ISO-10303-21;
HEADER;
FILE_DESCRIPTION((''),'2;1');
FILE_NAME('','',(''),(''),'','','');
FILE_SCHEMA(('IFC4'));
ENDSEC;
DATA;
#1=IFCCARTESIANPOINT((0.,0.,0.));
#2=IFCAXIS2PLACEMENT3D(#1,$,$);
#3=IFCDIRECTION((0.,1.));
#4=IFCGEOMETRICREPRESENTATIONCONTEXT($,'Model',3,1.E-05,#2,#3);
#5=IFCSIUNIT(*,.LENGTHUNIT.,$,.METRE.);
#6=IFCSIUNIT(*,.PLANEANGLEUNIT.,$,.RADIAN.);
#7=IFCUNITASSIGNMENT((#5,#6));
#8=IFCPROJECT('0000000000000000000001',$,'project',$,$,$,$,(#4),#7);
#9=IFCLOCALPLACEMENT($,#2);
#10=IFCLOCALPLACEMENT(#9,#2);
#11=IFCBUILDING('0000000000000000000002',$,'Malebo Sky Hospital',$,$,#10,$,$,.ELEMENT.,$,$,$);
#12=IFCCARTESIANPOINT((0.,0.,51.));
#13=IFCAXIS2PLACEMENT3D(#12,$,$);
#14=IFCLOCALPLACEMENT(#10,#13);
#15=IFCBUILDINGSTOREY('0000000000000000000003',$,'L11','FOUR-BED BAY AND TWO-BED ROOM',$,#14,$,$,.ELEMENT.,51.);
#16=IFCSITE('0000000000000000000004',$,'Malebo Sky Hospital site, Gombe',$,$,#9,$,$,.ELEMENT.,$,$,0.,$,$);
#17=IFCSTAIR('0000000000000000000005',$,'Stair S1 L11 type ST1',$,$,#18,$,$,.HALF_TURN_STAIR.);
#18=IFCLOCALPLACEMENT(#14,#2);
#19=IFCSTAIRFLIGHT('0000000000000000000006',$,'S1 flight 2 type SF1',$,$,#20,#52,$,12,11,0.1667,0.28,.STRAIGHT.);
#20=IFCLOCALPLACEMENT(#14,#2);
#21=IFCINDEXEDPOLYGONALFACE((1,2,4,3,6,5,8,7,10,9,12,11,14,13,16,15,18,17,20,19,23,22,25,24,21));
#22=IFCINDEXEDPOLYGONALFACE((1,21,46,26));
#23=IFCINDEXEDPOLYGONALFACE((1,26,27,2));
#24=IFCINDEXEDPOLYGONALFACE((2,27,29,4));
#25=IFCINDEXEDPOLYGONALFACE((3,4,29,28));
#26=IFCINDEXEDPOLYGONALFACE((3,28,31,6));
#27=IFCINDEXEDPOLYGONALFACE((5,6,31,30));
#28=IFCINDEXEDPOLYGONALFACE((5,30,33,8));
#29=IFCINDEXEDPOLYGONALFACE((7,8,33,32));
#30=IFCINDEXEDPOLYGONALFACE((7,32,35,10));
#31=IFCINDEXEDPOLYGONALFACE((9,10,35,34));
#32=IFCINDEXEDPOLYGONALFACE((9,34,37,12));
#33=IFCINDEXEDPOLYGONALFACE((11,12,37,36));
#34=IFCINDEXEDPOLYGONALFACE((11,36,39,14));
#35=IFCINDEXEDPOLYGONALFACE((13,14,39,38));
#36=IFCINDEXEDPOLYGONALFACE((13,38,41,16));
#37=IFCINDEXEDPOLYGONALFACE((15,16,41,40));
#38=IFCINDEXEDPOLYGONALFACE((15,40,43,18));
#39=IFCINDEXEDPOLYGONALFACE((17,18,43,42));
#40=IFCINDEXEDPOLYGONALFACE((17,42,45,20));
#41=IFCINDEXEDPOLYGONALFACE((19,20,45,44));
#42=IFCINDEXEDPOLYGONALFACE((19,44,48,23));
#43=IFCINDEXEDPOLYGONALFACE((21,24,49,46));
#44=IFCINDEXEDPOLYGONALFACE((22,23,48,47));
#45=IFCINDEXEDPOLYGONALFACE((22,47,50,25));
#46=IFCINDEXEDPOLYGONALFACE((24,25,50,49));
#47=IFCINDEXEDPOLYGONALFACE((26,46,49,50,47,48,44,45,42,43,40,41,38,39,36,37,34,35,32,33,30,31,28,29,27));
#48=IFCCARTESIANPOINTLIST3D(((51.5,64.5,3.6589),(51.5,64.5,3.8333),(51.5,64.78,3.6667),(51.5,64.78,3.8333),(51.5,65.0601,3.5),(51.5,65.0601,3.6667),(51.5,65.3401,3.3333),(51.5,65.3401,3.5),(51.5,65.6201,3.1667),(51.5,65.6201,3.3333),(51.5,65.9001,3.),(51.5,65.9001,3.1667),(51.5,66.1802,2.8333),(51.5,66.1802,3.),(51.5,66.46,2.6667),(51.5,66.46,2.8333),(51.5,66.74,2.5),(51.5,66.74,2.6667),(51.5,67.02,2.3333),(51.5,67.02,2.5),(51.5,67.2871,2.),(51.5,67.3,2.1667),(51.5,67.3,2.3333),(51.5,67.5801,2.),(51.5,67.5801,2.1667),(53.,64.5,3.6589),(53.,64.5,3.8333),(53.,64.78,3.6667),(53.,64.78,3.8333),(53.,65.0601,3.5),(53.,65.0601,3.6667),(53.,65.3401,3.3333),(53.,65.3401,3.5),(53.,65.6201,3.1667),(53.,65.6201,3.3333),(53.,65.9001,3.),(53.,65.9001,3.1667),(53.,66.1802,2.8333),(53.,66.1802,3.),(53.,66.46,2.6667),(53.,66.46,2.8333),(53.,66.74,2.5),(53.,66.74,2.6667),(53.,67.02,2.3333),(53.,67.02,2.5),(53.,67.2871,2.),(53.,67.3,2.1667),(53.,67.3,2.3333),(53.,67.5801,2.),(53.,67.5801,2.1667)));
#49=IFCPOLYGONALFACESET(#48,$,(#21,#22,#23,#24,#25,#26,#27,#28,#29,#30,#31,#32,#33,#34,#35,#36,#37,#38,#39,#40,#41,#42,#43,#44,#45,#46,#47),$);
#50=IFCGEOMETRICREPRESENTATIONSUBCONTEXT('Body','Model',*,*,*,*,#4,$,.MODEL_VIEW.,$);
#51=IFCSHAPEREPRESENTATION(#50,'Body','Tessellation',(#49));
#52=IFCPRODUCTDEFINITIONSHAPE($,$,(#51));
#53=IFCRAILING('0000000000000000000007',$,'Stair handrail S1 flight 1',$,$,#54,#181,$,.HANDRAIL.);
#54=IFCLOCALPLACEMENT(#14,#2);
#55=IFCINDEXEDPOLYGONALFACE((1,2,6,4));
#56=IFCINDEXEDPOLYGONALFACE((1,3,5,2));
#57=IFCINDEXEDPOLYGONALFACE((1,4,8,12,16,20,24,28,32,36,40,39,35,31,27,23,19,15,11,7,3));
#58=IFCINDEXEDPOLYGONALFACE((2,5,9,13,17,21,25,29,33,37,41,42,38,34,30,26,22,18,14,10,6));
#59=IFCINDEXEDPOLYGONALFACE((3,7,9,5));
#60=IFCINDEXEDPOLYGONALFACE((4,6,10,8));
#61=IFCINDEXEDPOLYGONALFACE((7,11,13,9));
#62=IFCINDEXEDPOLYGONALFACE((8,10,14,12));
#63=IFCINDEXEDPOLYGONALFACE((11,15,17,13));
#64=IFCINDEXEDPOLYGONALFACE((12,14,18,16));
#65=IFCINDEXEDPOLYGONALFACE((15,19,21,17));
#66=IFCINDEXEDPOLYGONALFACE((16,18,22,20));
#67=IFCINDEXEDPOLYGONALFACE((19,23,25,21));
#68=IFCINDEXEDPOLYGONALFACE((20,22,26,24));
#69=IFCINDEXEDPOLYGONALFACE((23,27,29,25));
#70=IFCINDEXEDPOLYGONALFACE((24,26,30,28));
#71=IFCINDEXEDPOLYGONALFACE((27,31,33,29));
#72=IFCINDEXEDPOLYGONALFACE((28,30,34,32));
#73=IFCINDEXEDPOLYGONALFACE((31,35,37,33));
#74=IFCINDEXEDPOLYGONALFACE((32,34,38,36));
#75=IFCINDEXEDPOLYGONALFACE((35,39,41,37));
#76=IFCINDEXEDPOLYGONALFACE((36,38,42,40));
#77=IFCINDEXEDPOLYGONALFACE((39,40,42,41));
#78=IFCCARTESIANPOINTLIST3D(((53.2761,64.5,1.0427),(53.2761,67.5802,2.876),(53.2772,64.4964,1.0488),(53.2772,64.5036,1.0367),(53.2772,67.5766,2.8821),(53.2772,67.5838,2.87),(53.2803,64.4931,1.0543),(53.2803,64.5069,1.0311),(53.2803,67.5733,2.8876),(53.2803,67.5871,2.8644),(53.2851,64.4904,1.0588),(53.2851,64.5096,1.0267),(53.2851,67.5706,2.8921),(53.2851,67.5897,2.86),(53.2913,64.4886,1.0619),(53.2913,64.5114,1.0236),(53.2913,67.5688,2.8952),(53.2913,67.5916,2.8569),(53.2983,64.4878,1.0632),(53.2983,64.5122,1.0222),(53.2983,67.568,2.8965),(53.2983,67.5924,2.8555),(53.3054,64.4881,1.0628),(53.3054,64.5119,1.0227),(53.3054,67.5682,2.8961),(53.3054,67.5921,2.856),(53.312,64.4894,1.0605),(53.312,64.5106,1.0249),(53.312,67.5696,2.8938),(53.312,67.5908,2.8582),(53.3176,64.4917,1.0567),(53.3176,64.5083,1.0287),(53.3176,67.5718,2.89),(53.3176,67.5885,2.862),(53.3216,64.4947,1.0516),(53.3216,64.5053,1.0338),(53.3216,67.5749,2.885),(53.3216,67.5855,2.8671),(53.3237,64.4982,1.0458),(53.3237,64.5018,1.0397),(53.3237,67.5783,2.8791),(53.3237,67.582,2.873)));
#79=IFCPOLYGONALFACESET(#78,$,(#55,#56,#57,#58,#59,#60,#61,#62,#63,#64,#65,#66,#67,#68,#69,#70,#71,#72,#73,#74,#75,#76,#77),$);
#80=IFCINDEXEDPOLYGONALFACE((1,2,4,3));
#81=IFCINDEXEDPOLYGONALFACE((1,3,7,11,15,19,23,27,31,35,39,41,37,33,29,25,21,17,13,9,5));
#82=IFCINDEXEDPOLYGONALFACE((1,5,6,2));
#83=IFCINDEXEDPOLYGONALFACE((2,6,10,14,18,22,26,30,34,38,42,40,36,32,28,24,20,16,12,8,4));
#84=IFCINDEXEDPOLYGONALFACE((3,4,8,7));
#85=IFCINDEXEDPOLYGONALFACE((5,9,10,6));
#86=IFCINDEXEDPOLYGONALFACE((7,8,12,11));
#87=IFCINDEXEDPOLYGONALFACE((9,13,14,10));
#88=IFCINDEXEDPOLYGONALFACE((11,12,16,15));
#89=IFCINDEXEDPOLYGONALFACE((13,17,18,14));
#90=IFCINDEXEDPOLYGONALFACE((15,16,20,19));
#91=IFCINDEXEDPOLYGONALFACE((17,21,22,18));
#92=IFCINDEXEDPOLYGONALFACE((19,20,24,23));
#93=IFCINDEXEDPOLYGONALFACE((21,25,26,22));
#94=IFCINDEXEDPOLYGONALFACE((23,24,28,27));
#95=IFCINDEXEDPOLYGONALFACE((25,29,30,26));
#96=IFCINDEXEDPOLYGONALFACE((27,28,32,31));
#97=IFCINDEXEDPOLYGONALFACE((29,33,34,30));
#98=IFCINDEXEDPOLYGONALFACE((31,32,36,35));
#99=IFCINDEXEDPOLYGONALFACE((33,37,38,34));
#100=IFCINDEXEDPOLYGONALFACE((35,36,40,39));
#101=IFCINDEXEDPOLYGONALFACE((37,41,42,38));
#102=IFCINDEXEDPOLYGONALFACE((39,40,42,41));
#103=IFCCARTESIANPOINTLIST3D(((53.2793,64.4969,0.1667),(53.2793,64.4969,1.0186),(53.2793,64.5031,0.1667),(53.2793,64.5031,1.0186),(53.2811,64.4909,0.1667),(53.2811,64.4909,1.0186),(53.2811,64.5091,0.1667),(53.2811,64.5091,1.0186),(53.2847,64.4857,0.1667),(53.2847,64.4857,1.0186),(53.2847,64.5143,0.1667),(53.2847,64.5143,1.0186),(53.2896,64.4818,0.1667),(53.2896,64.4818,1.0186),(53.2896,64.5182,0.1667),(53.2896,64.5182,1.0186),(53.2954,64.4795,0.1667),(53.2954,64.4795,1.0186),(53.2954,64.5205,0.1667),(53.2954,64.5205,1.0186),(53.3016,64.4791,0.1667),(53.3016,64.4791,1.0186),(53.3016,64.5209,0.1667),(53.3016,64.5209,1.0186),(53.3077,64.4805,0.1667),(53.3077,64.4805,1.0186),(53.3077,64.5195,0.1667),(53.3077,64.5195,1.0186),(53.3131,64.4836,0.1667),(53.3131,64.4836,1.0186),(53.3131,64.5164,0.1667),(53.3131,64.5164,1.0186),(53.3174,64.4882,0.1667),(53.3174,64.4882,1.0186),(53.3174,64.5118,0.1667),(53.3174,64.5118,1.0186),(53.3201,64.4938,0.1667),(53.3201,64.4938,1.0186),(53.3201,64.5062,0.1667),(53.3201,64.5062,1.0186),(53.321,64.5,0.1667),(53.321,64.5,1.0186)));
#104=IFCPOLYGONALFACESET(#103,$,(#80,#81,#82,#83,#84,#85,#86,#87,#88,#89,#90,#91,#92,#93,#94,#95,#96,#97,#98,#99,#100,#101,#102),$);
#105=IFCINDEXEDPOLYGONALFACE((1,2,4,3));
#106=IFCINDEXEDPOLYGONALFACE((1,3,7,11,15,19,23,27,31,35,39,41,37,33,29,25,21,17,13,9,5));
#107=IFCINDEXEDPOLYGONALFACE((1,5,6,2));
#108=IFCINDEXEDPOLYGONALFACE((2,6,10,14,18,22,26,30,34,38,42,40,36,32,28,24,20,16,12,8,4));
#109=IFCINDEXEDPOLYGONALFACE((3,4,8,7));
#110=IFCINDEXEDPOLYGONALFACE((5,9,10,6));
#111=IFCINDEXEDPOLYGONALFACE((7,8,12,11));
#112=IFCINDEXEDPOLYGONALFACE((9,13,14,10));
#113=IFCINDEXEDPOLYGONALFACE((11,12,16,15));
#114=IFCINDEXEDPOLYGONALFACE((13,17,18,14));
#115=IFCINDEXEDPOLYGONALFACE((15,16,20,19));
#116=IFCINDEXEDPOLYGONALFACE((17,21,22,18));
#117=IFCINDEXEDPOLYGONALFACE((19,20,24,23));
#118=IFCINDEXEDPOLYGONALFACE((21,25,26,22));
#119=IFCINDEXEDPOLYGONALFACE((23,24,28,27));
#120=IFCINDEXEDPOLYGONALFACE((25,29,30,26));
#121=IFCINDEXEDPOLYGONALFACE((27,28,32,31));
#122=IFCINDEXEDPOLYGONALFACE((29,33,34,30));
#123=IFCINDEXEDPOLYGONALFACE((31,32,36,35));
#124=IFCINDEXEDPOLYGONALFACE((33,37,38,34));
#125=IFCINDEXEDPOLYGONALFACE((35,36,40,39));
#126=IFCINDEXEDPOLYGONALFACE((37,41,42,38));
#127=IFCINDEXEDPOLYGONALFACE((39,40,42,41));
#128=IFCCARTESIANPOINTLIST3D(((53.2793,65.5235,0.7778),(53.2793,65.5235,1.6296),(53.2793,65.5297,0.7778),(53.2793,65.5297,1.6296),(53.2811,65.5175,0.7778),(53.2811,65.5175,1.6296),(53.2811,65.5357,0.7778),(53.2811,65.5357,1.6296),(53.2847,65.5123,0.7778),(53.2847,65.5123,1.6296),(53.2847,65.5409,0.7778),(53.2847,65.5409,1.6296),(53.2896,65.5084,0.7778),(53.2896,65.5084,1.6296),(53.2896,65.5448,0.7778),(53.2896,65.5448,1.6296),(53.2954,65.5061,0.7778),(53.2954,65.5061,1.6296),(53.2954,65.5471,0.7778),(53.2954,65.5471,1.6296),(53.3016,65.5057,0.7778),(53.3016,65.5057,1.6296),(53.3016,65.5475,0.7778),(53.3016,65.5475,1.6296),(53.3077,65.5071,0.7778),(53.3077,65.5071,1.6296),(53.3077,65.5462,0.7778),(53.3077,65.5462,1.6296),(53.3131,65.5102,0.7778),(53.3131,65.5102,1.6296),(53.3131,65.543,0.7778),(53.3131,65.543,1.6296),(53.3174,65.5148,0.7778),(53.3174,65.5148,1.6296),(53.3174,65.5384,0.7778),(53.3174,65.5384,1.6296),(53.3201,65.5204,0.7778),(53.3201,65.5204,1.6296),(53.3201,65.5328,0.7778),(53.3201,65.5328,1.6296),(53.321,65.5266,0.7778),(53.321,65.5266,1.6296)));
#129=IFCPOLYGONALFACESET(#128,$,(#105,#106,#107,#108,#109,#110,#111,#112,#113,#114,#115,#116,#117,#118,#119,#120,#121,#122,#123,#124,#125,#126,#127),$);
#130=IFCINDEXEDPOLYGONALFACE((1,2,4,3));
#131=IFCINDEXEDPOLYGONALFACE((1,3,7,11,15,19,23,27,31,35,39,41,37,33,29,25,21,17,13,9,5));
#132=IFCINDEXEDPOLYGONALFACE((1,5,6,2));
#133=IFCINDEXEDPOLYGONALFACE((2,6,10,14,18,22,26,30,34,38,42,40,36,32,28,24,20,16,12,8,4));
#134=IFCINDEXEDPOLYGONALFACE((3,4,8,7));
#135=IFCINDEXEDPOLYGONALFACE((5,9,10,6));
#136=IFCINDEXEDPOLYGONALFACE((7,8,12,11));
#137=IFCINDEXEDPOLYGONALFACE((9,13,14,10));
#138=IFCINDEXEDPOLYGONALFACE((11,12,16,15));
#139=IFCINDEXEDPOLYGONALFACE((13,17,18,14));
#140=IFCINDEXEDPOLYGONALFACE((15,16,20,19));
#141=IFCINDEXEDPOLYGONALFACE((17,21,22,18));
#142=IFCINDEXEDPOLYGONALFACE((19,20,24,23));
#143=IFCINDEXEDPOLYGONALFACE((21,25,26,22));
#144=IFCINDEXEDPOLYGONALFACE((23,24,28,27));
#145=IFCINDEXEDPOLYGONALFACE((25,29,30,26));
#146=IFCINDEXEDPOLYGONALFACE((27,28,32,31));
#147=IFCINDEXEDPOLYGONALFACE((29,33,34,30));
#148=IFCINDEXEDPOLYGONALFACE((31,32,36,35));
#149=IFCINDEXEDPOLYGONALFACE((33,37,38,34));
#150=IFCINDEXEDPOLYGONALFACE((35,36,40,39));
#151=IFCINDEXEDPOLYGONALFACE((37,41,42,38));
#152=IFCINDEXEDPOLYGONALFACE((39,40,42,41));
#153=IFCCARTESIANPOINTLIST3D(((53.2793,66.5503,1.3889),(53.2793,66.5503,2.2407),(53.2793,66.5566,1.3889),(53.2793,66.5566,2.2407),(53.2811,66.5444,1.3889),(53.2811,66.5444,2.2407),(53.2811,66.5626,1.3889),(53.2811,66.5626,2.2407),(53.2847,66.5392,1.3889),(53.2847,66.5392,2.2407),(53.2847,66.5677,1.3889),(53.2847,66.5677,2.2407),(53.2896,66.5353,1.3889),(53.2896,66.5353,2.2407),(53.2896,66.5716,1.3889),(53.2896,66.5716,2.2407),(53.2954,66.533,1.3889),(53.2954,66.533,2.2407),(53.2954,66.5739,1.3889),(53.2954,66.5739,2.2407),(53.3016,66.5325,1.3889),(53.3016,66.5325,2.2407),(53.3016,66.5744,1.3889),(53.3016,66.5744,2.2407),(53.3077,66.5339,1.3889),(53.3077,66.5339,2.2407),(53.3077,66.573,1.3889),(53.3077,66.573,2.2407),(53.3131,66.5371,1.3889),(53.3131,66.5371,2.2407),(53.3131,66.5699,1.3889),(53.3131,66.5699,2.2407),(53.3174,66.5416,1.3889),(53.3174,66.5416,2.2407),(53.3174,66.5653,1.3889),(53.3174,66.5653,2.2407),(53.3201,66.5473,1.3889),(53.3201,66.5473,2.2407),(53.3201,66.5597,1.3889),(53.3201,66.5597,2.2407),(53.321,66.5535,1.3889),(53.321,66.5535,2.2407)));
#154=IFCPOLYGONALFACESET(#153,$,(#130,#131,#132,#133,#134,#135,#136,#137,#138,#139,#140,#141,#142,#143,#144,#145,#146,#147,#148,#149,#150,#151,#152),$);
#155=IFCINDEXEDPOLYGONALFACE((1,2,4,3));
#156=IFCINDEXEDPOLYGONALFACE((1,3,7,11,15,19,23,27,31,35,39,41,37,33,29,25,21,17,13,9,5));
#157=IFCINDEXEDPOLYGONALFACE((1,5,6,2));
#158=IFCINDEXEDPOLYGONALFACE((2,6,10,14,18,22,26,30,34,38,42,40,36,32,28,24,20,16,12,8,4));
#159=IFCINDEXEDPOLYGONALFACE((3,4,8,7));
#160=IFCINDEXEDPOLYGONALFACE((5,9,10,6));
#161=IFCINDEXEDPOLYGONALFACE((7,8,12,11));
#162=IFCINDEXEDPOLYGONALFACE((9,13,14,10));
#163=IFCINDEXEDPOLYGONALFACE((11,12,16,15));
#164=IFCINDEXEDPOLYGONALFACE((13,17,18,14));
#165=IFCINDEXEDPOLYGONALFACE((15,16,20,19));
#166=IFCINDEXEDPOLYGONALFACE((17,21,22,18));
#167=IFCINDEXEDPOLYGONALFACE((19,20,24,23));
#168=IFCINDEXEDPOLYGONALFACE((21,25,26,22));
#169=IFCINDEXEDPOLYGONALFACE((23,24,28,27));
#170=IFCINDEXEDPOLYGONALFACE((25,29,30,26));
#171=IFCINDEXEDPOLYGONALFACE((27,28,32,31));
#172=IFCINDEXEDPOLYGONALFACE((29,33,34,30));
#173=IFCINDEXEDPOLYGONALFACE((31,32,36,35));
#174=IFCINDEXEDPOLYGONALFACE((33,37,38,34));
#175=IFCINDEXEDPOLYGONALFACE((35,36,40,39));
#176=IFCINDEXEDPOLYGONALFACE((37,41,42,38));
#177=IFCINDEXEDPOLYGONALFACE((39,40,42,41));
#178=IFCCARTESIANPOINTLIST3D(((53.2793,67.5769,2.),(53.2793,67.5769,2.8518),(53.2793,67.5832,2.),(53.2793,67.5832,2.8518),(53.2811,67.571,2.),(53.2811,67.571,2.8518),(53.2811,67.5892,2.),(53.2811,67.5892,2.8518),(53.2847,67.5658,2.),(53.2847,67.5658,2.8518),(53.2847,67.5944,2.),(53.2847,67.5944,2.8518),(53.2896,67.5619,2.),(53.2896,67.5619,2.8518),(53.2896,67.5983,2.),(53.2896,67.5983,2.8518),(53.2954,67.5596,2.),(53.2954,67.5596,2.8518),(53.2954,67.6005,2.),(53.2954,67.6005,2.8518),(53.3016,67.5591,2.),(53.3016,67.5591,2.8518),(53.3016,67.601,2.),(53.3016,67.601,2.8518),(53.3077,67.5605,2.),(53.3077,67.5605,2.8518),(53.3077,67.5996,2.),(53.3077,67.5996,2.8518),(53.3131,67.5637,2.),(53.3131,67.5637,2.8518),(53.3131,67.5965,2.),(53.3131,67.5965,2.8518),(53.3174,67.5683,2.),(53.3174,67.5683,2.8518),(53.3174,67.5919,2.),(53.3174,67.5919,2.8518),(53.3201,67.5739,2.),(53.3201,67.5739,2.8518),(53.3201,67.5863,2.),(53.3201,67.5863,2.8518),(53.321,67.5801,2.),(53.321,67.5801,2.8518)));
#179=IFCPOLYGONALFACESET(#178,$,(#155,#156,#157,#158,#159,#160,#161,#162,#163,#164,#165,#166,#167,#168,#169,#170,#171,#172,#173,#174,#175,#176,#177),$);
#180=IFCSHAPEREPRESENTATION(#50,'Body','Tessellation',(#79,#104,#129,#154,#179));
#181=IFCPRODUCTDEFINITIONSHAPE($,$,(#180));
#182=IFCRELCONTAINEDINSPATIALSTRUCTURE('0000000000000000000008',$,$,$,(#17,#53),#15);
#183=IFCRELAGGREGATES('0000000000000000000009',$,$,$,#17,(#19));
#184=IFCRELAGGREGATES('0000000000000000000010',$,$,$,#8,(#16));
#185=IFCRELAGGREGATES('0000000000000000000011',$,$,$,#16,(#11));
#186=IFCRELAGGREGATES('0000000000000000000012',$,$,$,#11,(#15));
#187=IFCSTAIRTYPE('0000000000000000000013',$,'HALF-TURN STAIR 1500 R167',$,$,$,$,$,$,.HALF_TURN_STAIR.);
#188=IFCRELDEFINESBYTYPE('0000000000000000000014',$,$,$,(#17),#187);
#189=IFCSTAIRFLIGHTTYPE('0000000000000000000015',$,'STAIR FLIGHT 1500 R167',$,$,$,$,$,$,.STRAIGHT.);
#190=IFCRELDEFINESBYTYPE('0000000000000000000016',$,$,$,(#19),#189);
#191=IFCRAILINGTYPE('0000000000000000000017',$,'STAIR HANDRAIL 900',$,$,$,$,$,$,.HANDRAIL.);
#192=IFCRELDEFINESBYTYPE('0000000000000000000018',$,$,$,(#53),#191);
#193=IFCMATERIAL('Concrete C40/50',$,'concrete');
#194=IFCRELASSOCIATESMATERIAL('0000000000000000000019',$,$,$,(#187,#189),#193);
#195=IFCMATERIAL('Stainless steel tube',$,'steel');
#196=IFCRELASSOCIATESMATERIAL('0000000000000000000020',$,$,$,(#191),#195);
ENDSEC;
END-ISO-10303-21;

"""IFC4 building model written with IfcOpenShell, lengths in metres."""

from ifc_helpers import new_model, si_unit, direction, frame, origin, origin_2d, place, context, subcontext, project, spatial, polyline, circle, outline, extrude, material, type_object, element, aggregate, save


model = new_model("IFC4")

# Units and contexts
model_context = context("Model", 3, precision=1e-05, world=origin(), true_north=direction((0.0, 1.0)))
body_context = subcontext(model_context, "Body", "Model", "MODEL_VIEW")
ifc_project = project(units=[si_unit("LENGTHUNIT", "METRE"), si_unit("PLANEANGLEUNIT", "RADIAN")], contexts=[model_context])

# Site, building, storey
site_placement = place(None, origin())
site = spatial("IfcSite", under=ifc_project, at=site_placement, Name="Malebo Sky Hospital site, Gombe", CompositionType="ELEMENT", RefElevation=0.0)
building_placement = place(site_placement, origin())
building = spatial("IfcBuilding", under=site, at=building_placement, Name="Malebo Sky Hospital", CompositionType="ELEMENT")
storey_placement = place(building_placement, frame((0.0, 0.0, 51.0)))
storey = spatial("IfcBuildingStorey", under=building, at=storey_placement, Name="L11", Description="FOUR-BED BAY AND TWO-BED ROOM", CompositionType="ELEMENT", Elevation=51.0)

# Stair, stair flight
ifc_material_1 = material(Name="Concrete C40/50", Category="concrete")
stair_type = type_object("IfcStairType", Name="HALF-TURN STAIR 1500 R167", PredefinedType="HALF_TURN_STAIR", material=ifc_material_1)
stair_placement = place(storey_placement, origin())
stair = element("IfcStair", 1, at=stair_placement, inside=storey, type_object=stair_type, Name="Stair S1 L11 type ST1", PredefinedType="HALF_TURN_STAIR")
stair_flight_type = type_object("IfcStairFlightType", Name="STAIR FLIGHT 1500 R167", PredefinedType="STRAIGHT", material=ifc_material_1)
stair_flight_1_placement = place(storey_placement, frame((52.25, 67.5801, 2.0), z_axis=(0.0, 0.0, 1.0), x_axis=(0.0, -1.0, 0.0)))
stair_flight_1 = element("IfcStairFlight", 2, at=stair_flight_1_placement, type_object=stair_flight_type, Name="S1 flight 2 type SF1", NumberOfRisers=12, NumberOfTreads=11, PredefinedType="STRAIGHT", RiserHeight=0.1667, TreadLength=0.28, context=body_context, shape_type="SweptSolid", body=[
    extrude(outline(polyline([(0.0, 0.0), (0.0, 0.1667), (0.28, 0.1667), (0.28, 0.3333), (0.5601, 0.3333), (0.5601, 0.5), (0.8401, 0.5), (0.8401, 0.6667), (1.1201, 0.6667), (1.1201, 0.8333), (1.3999, 0.8333), (1.3999, 1.0), (1.6799, 1.0), (1.6799, 1.1667), (1.96, 1.1667), (1.96, 1.3333), (2.24, 1.3333), (2.24, 1.5), (2.52, 1.5), (2.52, 1.6667), (2.8, 1.6667), (2.8, 1.8333), (3.0801, 1.8333), (3.0801, 2.0), (3.0801, 1.6589), (0.293, 0.0), (0.0, 0.0)])), frame((0.0, 0.75, 0.0), z_axis=(0.0, -1.0, 0.0), x_axis=(1.0, 0.0, 0.0)), (0.0, 0.0, 1.0), 1.5),
])
aggregate(stair, [stair_flight_1])

# Railing
ifc_material_2 = material(Name="Stainless steel tube", Category="steel")
railing_type = type_object("IfcRailingType", Name="STAIR HANDRAIL 900", PredefinedType="HANDRAIL", material=ifc_material_2)
railing_1_placement = place(storey_placement, frame((53.3, 64.5, 0.1667)))
element("IfcRailing", 3, at=railing_1_placement, inside=storey, type_object=railing_type, Name="Stair handrail S1 flight 1", PredefinedType="HANDRAIL", context=body_context, shape_type="SweptSolid", body=[
    extrude(circle(Radius=0.0239, at=origin_2d()), frame((0.0, 0.0, 0.876), z_axis=(0.0, 0.859309, 0.511458), x_axis=(-1.0, 0.0, 0.0)), (0.0, 0.0, 1.0), 3.5845),
    extrude(circle(Radius=0.021, at=origin_2d()), origin(), (0.0, 0.0, 1.0), 0.8518),
    extrude(circle(Radius=0.021, at=origin_2d()), frame((0.0, 1.0266, 0.6111)), (0.0, 0.0, 1.0), 0.8518),
    extrude(circle(Radius=0.021, at=origin_2d()), frame((0.0, 2.0535, 1.2222)), (0.0, 0.0, 1.0), 0.8518),
    extrude(circle(Radius=0.021, at=origin_2d()), frame((0.0, 3.0801, 1.8333)), (0.0, 0.0, 1.0), 0.8518),
])

save(model, "model.ifc")
